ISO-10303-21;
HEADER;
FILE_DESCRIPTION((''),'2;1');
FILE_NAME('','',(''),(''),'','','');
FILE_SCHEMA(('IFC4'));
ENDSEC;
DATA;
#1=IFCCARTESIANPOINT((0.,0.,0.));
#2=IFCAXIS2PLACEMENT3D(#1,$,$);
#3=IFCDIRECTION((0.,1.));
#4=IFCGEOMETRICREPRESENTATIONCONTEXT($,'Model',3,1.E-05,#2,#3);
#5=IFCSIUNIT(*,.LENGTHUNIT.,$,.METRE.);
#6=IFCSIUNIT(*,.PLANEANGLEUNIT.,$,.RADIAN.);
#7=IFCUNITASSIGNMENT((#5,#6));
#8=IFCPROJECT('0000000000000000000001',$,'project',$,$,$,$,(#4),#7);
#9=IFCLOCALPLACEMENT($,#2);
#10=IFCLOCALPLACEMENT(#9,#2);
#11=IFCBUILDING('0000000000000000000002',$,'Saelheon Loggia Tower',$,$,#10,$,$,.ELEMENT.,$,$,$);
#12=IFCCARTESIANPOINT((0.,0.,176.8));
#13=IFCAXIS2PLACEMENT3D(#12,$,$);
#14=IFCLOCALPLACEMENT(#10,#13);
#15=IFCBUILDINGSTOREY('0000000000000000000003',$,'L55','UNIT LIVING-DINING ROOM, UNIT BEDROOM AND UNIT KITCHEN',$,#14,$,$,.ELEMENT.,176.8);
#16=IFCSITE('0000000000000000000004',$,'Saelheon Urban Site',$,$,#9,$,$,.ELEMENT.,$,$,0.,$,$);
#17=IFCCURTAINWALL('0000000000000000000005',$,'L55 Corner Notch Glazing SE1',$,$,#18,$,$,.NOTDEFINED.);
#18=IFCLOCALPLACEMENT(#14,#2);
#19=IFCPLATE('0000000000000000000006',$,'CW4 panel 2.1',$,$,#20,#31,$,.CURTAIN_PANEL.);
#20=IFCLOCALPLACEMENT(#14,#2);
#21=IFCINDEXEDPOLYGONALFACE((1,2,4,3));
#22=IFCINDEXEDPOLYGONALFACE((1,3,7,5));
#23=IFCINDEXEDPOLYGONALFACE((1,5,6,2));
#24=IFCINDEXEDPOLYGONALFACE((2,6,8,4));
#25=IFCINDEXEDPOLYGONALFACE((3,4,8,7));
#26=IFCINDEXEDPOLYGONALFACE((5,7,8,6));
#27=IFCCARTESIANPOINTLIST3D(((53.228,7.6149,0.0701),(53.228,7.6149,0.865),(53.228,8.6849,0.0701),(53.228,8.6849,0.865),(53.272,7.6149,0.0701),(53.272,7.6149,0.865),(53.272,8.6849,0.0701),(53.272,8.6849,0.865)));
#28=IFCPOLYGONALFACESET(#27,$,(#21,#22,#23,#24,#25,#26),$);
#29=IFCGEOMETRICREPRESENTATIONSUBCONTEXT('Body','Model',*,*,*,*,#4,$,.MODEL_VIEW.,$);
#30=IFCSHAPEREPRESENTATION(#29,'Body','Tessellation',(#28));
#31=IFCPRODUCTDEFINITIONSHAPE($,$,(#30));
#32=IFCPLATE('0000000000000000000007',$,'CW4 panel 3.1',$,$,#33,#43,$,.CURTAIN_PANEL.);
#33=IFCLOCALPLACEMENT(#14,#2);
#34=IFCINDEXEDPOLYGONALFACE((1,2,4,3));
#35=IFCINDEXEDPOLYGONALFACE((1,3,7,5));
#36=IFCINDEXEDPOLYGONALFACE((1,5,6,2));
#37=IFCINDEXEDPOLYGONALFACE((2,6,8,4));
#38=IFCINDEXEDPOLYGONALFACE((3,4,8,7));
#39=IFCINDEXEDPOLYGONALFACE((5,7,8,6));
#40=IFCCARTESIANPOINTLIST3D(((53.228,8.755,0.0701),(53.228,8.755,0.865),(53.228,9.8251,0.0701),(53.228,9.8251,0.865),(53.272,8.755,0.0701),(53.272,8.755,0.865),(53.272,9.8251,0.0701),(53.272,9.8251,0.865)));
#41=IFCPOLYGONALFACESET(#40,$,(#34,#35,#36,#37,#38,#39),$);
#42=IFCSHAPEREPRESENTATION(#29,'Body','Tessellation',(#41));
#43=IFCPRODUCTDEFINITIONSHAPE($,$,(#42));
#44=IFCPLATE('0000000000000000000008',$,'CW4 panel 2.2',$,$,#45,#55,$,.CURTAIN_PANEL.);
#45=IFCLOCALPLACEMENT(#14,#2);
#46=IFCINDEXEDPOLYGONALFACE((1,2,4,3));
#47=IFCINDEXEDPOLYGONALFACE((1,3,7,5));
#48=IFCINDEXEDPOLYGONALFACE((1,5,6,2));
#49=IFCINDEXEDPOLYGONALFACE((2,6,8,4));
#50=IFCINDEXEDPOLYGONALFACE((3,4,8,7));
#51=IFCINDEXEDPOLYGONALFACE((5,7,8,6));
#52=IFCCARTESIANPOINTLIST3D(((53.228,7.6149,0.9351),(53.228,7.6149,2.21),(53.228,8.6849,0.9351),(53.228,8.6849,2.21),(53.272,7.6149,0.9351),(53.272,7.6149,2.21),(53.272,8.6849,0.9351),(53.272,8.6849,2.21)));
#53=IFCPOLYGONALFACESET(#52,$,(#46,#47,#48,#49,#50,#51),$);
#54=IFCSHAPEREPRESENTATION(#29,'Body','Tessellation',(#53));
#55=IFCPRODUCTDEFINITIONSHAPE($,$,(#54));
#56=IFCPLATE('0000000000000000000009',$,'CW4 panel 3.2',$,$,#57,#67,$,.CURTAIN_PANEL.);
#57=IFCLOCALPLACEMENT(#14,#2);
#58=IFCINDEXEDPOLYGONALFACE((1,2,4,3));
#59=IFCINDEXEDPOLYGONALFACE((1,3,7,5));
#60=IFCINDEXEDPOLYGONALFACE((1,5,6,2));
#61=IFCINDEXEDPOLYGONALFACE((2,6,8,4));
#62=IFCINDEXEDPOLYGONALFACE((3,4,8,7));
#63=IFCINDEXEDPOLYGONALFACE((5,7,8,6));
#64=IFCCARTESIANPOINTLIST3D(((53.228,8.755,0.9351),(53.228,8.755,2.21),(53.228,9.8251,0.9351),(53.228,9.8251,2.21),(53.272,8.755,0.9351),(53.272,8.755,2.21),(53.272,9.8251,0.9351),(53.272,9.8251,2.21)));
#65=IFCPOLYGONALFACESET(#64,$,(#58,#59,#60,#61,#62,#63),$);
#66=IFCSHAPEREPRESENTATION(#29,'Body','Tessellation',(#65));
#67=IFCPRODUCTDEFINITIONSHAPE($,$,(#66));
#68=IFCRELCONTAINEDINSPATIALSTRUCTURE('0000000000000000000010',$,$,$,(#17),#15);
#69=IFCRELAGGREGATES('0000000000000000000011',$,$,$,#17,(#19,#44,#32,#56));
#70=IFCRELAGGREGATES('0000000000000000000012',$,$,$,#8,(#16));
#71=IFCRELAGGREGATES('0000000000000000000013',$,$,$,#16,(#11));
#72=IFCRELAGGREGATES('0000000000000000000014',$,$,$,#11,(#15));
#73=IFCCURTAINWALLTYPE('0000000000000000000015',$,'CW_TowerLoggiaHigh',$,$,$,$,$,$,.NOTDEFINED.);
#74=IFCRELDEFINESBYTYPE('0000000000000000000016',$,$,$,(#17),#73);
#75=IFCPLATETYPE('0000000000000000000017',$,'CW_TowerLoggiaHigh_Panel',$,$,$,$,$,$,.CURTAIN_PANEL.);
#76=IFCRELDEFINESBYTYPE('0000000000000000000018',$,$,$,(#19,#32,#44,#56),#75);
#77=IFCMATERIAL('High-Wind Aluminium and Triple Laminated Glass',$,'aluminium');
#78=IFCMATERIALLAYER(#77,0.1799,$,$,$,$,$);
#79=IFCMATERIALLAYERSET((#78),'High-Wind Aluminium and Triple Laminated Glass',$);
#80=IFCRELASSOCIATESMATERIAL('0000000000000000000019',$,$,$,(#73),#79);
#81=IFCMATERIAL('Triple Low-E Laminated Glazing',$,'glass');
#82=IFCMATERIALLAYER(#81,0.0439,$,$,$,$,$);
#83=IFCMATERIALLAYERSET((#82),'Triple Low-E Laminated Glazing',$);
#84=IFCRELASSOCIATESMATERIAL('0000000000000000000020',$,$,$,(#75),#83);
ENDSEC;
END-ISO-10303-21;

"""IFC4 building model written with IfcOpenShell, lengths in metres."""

from ifc_helpers import new_model, si_unit, direction, frame, origin, origin_2d, place, context, subcontext, project, spatial, rectangle, extrude, source, transform, mapped, material, layer, layer_set, type_object, element, aggregate, save


model = new_model("IFC4")

# Units and contexts
model_context = context("Model", 3, precision=1e-05, world=origin(), true_north=direction((0.0, 1.0)))
body_context = subcontext(model_context, "Body", "Model", "MODEL_VIEW")
ifc_project = project(units=[si_unit("LENGTHUNIT", "METRE"), si_unit("PLANEANGLEUNIT", "RADIAN")], contexts=[model_context])

# Site, building, storey
site_placement = place(None, origin())
site = spatial("IfcSite", under=ifc_project, at=site_placement, Name="Saelheon Urban Site", CompositionType="ELEMENT", RefElevation=0.0)
building_placement = place(site_placement, origin())
building = spatial("IfcBuilding", under=site, at=building_placement, Name="Saelheon Loggia Tower", CompositionType="ELEMENT")
storey_placement = place(building_placement, frame((0.0, 0.0, 176.8)))
storey = spatial("IfcBuildingStorey", under=building, at=storey_placement, Name="L55", Description="UNIT LIVING-DINING ROOM, UNIT BEDROOM AND UNIT KITCHEN", CompositionType="ELEMENT", Elevation=176.8)

# Curtain wall
ifc_material_1 = material(Name="High-Wind Aluminium and Triple Laminated Glass", Category="aluminium")
ifc_layer_1 = layer(ifc_material_1, 0.1799)
ifc_layer_set_1 = layer_set([ifc_layer_1], Name="High-Wind Aluminium and Triple Laminated Glass")
curtain_wall_type = type_object("IfcCurtainWallType", Name="CW_TowerLoggiaHigh", PredefinedType="NOTDEFINED", material=ifc_layer_set_1)
curtain_wall_1_placement = place(storey_placement, origin())
curtain_wall_1 = element("IfcCurtainWall", 1, at=curtain_wall_1_placement, inside=storey, type_object=curtain_wall_type, Name="L55 Corner Notch Glazing SE1", PredefinedType="NOTDEFINED")

# Plates
ifc_material_2 = material(Name="Triple Low-E Laminated Glazing", Category="glass")
ifc_layer_2 = layer(ifc_material_2, 0.0439)
ifc_layer_set_2 = layer_set([ifc_layer_2], Name="Triple Low-E Laminated Glazing")
plate_type = type_object("IfcPlateType", Name="CW_TowerLoggiaHigh_Panel", PredefinedType="CURTAIN_PANEL", material=ifc_layer_set_2)
shared_shape_1 = source(origin(), body_context, "Body", "SweptSolid", [
    extrude(rectangle(XDim=1.0701, YDim=0.0439, at=origin_2d()), origin(), (0.0, 0.0, 1.0), 0.7949),
])
plate_1_placement = place(storey_placement, frame((53.25, 8.1499, 0.0701), z_axis=(0.0, 0.0, 1.0), x_axis=(0.0, 1.0, 0.0)))
plate_1 = element("IfcPlate", 2, at=plate_1_placement, type_object=plate_type, Name="CW4 panel 2.1", PredefinedType="CURTAIN_PANEL", context=body_context, shape_type="MappedRepresentation", body=[
    mapped(shared_shape_1, transform((0.0, 0.0, 0.0), scale=1.0)),
])
plate_2_placement = place(storey_placement, frame((53.25, 9.29, 0.0701), z_axis=(0.0, 0.0, 1.0), x_axis=(0.0, 1.0, 0.0)))
plate_2 = element("IfcPlate", 3, at=plate_2_placement, type_object=plate_type, Name="CW4 panel 3.1", PredefinedType="CURTAIN_PANEL", context=body_context, shape_type="MappedRepresentation", body=[
    mapped(shared_shape_1, transform((0.0, 0.0, 0.0), scale=1.0)),
])
shared_shape_2 = source(origin(), body_context, "Body", "SweptSolid", [
    extrude(rectangle(XDim=1.0701, YDim=0.0439, at=origin_2d()), origin(), (0.0, 0.0, 1.0), 1.2749),
])
plate_3_placement = place(storey_placement, frame((53.25, 8.1499, 0.9351), z_axis=(0.0, 0.0, 1.0), x_axis=(0.0, 1.0, 0.0)))
plate_3 = element("IfcPlate", 4, at=plate_3_placement, type_object=plate_type, Name="CW4 panel 2.2", PredefinedType="CURTAIN_PANEL", context=body_context, shape_type="MappedRepresentation", body=[
    mapped(shared_shape_2, transform((0.0, 0.0, 0.0), scale=1.0)),
])
plate_4_placement = place(storey_placement, frame((53.25, 9.29, 0.9351), z_axis=(0.0, 0.0, 1.0), x_axis=(0.0, 1.0, 0.0)))
plate_4 = element("IfcPlate", 5, at=plate_4_placement, type_object=plate_type, Name="CW4 panel 3.2", PredefinedType="CURTAIN_PANEL", context=body_context, shape_type="MappedRepresentation", body=[
    mapped(shared_shape_2, transform((0.0, 0.0, 0.0), scale=1.0)),
])
aggregate(curtain_wall_1, [plate_1, plate_3, plate_2, plate_4])

save(model, "model.ifc")
